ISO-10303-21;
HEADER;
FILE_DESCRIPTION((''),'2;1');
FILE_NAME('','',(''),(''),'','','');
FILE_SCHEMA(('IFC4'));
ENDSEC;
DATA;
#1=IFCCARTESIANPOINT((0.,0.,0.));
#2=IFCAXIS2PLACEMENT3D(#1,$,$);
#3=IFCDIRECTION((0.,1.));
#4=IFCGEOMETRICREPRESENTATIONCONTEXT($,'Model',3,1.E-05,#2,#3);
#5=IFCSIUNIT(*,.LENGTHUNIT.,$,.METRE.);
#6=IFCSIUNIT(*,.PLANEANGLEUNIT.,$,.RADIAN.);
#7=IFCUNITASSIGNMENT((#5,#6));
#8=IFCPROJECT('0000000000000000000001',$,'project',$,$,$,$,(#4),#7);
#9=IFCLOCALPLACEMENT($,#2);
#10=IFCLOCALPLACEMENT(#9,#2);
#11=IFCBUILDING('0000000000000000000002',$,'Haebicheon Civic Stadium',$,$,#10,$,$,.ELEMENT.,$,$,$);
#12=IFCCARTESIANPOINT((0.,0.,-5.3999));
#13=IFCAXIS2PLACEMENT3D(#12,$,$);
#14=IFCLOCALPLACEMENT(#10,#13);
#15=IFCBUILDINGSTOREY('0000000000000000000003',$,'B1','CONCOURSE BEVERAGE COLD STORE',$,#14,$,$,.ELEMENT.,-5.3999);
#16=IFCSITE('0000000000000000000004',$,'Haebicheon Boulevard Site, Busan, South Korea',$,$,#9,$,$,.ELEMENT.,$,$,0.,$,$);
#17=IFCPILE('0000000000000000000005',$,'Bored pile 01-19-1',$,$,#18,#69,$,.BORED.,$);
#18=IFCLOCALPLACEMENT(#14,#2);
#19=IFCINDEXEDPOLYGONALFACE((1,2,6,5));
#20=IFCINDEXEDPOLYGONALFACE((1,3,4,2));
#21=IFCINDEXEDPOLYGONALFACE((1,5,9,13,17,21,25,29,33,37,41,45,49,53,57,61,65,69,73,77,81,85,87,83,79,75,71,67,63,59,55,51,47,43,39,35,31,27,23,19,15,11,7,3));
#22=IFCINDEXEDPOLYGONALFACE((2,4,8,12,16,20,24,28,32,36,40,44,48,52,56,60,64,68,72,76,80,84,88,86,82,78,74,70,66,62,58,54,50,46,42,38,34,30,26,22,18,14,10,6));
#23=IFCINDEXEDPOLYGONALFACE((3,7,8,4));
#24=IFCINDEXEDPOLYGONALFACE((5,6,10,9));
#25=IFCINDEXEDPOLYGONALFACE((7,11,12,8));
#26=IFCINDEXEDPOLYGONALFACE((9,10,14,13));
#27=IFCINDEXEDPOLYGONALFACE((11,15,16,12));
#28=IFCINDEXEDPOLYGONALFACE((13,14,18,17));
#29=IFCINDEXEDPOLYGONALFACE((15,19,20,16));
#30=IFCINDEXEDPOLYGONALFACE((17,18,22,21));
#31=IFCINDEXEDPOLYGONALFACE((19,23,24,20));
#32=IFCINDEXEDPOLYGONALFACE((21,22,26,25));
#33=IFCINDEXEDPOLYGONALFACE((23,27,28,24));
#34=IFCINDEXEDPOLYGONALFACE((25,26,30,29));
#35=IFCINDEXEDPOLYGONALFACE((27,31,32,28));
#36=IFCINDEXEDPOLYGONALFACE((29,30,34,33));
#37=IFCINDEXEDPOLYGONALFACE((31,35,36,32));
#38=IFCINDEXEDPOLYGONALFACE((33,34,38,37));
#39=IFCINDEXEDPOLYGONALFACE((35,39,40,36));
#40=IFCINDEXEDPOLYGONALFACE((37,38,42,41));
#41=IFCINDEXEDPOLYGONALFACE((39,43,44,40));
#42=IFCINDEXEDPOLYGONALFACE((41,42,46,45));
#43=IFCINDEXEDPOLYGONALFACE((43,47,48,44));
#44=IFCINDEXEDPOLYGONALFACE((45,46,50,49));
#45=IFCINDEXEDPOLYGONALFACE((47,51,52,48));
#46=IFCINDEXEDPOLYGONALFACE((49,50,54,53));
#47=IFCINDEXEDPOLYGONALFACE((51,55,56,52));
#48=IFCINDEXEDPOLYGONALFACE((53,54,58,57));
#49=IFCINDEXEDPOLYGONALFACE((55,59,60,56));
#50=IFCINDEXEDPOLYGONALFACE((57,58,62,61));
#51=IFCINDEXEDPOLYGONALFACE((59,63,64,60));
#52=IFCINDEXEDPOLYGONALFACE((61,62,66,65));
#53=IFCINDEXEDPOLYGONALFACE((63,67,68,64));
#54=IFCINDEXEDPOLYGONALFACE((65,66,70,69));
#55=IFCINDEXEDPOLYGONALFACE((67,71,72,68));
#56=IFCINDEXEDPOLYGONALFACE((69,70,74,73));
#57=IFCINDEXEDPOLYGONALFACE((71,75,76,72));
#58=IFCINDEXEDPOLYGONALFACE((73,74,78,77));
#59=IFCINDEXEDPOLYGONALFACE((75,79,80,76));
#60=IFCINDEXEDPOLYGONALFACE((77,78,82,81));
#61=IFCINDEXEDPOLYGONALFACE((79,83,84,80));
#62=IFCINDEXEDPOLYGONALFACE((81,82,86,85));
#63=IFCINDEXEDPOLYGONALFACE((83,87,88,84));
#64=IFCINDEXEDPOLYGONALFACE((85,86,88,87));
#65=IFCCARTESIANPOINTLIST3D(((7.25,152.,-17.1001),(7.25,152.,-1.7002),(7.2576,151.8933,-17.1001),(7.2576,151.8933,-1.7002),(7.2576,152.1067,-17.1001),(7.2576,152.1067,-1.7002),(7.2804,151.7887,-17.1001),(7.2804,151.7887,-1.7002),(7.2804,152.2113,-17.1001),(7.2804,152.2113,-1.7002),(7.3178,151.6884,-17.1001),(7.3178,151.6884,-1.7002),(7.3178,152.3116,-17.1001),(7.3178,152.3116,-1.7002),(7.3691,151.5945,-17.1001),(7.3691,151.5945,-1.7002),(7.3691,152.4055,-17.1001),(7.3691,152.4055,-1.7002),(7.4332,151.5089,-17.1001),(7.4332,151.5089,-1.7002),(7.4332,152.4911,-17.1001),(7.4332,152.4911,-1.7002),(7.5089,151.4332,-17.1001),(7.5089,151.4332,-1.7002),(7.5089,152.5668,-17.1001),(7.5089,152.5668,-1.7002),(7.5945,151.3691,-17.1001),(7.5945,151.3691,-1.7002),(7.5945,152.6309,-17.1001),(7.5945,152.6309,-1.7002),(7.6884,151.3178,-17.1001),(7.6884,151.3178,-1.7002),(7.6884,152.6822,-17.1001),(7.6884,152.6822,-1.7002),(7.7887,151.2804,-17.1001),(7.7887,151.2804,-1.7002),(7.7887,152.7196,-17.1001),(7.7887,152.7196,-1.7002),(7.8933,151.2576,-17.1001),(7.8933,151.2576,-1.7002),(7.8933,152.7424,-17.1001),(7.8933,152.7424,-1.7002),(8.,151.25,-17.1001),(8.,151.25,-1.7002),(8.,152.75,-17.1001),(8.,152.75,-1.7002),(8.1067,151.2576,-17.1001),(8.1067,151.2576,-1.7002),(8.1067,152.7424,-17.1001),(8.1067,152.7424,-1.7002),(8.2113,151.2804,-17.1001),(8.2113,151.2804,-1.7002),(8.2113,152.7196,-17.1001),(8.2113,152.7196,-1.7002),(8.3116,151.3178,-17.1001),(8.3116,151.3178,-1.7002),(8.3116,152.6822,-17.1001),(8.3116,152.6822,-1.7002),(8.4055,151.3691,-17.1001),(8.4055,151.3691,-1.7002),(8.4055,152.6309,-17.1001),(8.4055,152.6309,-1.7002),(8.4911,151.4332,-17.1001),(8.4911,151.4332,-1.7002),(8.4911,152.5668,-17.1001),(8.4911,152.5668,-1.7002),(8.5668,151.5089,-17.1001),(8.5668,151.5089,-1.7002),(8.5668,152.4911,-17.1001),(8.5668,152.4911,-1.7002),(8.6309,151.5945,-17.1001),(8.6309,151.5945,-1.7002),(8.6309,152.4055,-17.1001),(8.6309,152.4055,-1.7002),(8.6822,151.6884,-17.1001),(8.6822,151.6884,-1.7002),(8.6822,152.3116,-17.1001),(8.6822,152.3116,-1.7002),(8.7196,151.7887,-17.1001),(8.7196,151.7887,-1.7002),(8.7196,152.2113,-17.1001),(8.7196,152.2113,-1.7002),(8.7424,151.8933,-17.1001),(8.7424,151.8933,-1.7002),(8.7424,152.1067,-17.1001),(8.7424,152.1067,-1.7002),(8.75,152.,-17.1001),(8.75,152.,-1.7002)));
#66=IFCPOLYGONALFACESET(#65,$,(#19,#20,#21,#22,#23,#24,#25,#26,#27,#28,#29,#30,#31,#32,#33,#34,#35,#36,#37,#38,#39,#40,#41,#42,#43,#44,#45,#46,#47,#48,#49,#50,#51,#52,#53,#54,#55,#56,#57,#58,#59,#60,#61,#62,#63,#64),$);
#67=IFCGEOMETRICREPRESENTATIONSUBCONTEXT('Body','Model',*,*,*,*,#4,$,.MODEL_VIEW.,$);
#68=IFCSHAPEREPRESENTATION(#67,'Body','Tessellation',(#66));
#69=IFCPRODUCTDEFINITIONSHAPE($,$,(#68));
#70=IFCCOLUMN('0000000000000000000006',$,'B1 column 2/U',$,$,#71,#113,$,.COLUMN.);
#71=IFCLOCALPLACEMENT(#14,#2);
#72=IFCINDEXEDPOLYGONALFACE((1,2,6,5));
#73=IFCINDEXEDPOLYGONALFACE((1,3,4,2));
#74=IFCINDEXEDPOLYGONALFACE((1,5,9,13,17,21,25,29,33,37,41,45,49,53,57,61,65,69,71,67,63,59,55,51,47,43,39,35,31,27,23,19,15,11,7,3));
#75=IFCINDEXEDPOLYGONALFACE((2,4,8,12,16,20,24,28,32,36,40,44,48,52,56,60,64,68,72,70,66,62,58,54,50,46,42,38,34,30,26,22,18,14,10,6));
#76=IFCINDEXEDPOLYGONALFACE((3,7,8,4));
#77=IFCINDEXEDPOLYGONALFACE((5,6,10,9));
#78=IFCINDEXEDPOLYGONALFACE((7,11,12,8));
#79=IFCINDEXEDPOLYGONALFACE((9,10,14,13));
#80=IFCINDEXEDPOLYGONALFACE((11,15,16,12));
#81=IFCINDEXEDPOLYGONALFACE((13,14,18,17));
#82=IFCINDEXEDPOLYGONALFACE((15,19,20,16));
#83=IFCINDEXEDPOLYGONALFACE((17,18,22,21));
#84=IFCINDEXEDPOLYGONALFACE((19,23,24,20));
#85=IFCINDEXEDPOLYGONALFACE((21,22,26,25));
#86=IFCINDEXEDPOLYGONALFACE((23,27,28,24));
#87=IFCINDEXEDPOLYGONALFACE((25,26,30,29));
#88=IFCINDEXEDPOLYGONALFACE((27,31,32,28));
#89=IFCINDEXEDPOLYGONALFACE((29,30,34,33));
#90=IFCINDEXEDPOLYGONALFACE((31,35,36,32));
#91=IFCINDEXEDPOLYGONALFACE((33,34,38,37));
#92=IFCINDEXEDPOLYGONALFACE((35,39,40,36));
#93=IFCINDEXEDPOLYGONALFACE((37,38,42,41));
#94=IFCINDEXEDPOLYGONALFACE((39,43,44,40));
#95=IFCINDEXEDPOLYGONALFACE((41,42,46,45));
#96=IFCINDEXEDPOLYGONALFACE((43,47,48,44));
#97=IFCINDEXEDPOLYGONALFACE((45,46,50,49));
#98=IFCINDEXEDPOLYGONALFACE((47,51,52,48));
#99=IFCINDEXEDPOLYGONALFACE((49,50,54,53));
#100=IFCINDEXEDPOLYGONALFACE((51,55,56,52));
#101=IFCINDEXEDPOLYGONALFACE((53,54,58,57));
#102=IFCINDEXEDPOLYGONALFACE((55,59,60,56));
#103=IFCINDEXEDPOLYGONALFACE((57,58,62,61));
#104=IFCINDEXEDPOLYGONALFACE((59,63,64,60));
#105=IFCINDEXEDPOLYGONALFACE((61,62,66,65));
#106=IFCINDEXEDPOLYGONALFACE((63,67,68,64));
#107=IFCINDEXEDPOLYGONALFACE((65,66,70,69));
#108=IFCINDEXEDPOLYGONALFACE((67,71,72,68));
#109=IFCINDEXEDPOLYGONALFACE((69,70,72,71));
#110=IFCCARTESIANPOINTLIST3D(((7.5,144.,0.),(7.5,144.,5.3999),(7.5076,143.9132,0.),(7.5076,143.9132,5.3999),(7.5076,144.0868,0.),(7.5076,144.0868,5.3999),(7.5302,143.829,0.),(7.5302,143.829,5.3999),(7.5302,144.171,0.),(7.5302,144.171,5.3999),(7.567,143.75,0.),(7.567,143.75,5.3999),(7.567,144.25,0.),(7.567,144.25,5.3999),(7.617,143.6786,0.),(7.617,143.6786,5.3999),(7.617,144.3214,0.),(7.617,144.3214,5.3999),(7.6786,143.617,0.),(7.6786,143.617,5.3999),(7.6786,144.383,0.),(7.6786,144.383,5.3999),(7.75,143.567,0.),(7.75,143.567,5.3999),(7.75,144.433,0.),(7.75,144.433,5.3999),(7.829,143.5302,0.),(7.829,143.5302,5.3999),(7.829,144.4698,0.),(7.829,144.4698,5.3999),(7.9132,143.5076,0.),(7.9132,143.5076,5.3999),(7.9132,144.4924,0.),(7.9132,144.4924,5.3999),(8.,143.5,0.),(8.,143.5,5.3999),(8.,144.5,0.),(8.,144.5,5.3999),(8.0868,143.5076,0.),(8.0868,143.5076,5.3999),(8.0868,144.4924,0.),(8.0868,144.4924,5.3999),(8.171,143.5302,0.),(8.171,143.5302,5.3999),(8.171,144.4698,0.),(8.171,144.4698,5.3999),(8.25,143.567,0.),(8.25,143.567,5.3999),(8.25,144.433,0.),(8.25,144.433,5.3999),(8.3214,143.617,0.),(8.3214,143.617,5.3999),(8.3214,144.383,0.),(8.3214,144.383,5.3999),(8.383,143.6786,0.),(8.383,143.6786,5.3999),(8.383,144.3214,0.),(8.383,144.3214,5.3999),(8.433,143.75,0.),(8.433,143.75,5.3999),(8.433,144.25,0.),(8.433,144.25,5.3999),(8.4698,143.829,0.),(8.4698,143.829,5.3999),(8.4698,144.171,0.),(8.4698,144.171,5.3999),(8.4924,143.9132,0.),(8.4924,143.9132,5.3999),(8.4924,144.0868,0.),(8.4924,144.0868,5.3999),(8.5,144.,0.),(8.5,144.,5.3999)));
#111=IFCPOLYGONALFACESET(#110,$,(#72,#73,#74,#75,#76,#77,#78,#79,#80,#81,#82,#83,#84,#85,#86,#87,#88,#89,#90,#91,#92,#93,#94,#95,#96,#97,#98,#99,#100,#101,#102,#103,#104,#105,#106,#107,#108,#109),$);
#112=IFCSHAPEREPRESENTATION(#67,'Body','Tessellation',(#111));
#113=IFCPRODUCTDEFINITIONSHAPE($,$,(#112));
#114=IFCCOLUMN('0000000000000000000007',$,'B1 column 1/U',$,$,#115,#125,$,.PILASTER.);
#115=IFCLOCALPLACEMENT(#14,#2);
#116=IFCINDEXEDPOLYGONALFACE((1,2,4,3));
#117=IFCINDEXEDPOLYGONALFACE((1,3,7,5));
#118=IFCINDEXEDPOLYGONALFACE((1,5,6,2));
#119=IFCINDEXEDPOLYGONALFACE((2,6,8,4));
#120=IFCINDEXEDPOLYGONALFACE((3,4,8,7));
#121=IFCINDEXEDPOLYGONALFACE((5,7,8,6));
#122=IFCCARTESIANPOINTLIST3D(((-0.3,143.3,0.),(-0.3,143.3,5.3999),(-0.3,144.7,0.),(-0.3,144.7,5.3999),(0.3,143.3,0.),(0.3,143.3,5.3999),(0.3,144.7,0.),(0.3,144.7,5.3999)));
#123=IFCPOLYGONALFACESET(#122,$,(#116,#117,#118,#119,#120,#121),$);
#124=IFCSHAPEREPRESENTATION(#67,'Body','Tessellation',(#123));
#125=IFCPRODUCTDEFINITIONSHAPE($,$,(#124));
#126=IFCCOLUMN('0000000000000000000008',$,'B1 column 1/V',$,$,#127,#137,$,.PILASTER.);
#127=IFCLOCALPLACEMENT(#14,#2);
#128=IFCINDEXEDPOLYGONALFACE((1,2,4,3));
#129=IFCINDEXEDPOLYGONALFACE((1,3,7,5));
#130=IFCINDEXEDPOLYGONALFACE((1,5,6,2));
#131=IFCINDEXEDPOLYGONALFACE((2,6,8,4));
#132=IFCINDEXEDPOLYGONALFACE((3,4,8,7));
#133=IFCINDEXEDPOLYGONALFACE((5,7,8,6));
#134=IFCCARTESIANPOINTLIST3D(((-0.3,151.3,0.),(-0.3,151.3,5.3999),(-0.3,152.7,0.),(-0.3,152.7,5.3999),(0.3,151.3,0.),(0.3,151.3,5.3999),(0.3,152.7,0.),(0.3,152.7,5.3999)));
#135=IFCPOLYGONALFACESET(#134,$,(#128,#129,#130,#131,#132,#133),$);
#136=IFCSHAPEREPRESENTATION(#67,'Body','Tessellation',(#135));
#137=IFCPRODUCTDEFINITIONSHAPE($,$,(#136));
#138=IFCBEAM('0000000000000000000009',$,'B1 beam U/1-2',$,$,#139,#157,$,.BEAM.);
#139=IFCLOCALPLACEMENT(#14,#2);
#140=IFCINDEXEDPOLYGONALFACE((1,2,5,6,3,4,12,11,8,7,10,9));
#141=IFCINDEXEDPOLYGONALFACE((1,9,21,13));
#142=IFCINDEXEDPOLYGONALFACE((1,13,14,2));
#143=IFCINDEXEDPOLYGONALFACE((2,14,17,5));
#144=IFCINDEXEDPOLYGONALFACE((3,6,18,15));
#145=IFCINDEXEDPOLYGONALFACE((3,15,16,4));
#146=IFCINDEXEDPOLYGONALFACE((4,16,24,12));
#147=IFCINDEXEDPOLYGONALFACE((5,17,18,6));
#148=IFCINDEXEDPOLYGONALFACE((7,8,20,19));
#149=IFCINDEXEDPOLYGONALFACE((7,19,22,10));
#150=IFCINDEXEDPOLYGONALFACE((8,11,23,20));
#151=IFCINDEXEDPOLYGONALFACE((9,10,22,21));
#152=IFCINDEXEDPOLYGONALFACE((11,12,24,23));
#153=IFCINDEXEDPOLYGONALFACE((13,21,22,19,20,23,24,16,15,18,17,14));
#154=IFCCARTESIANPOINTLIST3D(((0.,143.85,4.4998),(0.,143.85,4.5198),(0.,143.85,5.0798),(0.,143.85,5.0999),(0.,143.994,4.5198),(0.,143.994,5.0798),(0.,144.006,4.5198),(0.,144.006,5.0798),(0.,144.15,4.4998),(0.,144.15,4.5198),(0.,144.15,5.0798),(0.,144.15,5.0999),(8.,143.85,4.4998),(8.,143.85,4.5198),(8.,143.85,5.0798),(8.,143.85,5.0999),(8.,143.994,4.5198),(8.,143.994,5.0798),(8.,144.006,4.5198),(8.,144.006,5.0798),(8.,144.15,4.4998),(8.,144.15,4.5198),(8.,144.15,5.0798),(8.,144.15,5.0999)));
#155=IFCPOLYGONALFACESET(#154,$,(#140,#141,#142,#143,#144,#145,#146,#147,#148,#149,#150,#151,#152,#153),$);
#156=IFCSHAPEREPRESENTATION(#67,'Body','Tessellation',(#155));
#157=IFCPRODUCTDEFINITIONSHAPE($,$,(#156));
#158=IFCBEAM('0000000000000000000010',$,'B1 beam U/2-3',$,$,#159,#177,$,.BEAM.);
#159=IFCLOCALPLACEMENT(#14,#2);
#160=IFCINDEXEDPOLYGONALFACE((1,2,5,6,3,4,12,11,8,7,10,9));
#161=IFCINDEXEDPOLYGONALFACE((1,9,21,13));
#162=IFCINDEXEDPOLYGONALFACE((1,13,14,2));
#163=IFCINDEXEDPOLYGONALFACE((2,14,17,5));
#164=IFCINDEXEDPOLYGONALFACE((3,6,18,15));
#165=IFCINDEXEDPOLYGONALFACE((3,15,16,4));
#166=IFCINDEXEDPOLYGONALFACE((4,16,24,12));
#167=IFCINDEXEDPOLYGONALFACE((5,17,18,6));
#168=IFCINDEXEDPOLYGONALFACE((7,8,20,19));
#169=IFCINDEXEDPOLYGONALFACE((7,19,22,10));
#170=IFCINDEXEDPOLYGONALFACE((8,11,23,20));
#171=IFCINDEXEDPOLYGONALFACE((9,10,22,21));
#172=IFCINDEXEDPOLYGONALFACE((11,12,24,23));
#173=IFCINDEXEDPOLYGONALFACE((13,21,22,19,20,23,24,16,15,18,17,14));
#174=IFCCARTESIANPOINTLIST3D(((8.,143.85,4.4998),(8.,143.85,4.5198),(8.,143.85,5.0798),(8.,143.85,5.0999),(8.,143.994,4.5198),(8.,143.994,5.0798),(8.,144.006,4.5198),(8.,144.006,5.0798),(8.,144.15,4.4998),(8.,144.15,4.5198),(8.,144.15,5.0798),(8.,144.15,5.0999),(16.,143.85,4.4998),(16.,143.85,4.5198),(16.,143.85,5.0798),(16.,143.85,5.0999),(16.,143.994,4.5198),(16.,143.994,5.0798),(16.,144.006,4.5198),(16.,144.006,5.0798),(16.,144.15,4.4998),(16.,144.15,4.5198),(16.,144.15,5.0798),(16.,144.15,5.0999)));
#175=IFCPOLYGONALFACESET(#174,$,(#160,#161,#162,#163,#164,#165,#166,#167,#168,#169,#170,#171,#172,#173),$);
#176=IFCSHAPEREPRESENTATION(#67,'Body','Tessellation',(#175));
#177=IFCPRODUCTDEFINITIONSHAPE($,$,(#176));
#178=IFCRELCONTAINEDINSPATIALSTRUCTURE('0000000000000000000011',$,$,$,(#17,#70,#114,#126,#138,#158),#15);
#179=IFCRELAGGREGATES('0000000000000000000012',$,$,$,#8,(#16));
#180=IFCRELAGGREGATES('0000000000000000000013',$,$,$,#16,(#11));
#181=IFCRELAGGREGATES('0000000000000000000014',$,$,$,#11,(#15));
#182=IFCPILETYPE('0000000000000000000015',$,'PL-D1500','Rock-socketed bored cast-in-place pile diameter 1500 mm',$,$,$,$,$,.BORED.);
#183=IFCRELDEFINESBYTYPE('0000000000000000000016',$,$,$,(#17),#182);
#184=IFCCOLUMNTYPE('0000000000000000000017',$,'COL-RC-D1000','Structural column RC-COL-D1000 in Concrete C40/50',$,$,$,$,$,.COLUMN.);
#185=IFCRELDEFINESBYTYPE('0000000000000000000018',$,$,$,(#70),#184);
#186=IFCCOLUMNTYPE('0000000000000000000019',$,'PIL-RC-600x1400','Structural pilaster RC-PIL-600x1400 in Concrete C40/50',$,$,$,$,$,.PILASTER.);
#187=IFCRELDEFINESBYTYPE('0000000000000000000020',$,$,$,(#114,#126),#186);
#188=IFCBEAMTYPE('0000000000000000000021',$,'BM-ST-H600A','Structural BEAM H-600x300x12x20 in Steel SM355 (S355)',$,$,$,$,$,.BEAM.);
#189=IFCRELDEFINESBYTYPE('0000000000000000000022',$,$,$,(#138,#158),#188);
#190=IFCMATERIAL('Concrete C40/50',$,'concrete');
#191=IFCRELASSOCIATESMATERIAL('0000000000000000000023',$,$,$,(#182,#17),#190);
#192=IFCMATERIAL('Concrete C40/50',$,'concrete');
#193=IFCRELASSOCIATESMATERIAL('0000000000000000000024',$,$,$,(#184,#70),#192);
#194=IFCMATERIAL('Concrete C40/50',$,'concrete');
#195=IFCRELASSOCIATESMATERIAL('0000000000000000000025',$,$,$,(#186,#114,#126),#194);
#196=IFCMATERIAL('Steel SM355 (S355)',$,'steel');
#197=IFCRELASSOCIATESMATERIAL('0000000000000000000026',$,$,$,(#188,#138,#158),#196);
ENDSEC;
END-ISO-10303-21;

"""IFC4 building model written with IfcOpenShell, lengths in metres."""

from ifc_helpers import new_model, si_unit, direction, frame, origin, origin_2d, place, context, subcontext, project, spatial, rectangle, circle, i_section, extrude, material, material_profile, profile_set, type_object, element, save


model = new_model("IFC4")

# Units and contexts
model_context = context("Model", 3, precision=1e-05, world=origin(), true_north=direction((0.0, 1.0)))
body_context = subcontext(model_context, "Body", "Model", "MODEL_VIEW")
ifc_project = project(units=[si_unit("LENGTHUNIT", "METRE"), si_unit("PLANEANGLEUNIT", "RADIAN")], contexts=[model_context])

# Site, building, storey
site_placement = place(None, origin())
site = spatial("IfcSite", under=ifc_project, at=site_placement, Name="Haebicheon Boulevard Site, Busan, South Korea", CompositionType="ELEMENT", RefElevation=0.0)
building_placement = place(site_placement, origin())
building = spatial("IfcBuilding", under=site, at=building_placement, Name="Haebicheon Civic Stadium", CompositionType="ELEMENT")
storey_placement = place(building_placement, frame((0.0, 0.0, -5.3999)))
storey = spatial("IfcBuildingStorey", under=building, at=storey_placement, Name="B1", Description="CONCOURSE BEVERAGE COLD STORE", CompositionType="ELEMENT", Elevation=-5.3999)

# Pile
ifc_material_1 = material(Name="Concrete C40/50", Category="concrete")
ifc_material_profile_1 = material_profile(ifc_material_1, circle(Radius=0.75, at=origin_2d()), Name="PILE-D1500")
ifc_profile_set_1 = profile_set([ifc_material_profile_1], Name="Concrete C40/50")
pile_type = type_object("IfcPileType", Name="PL-D1500", Description="Rock-socketed bored cast-in-place pile diameter 1500 mm", PredefinedType="BORED", material=ifc_profile_set_1)
pile_placement = place(storey_placement, frame((8.0, 152.0, -1.7002), z_axis=(0.0, 0.0, -1.0), x_axis=(1.0, 0.0, 0.0)))
element("IfcPile", 1, at=pile_placement, inside=storey, type_object=pile_type, material=ifc_profile_set_1, Name="Bored pile 01-19-1", PredefinedType="BORED", context=body_context, shape_type="SweptSolid", body=[
    extrude(circle(Radius=0.75, at=origin_2d()), origin(), (0.0, 0.0, 1.0), 15.3999),
])

# Columns
ifc_material_2 = material(Name="Concrete C40/50", Category="concrete")
ifc_material_profile_2 = material_profile(ifc_material_2, circle(Radius=0.5, at=origin_2d()), Name="RC-COL-D1000")
ifc_profile_set_2 = profile_set([ifc_material_profile_2], Name="Concrete C40/50")
column_type_1 = type_object("IfcColumnType", Name="COL-RC-D1000", Description="Structural column RC-COL-D1000 in Concrete C40/50", PredefinedType="COLUMN", material=ifc_profile_set_2)
column_placement = place(storey_placement, frame((8.0, 144.0, 0.0), z_axis=(0.0, 0.0, 1.0), x_axis=(1.0, 0.0, 0.0)))
element("IfcColumn", 2, at=column_placement, inside=storey, type_object=column_type_1, material=ifc_profile_set_2, Name="B1 column 2/U", PredefinedType="COLUMN", context=body_context, shape_type="SweptSolid", body=[
    extrude(circle(Radius=0.5, at=origin_2d()), origin(), (0.0, 0.0, 1.0), 5.3999),
])
ifc_material_3 = material(Name="Concrete C40/50", Category="concrete")
ifc_material_profile_3 = material_profile(ifc_material_3, rectangle(XDim=0.6001, YDim=1.3999, at=origin_2d()), Name="RC-PIL-600x1400")
ifc_profile_set_3 = profile_set([ifc_material_profile_3], Name="Concrete C40/50")
column_type_2 = type_object("IfcColumnType", Name="PIL-RC-600x1400", Description="Structural pilaster RC-PIL-600x1400 in Concrete C40/50", PredefinedType="PILASTER", material=ifc_profile_set_3)
for number, where, z_axis, x_axis, name in (
    (3, (0.0, 144.0, 0.0), (0.0, 0.0, 1.0), (1.0, 0.0, 0.0), "B1 column 1/U"),
    (4, (0.0, 152.0, 0.0), (0.0, 0.0, 1.0), (1.0, 0.0, 0.0), "B1 column 1/V"),
):
    element("IfcColumn", number, at=place(storey_placement, frame(where, z_axis=z_axis, x_axis=x_axis)), inside=storey, type_object=column_type_2, material=ifc_profile_set_3, Name=name, PredefinedType="PILASTER", context=body_context, shape_type="SweptSolid", body=[
        extrude(rectangle(XDim=0.6001, YDim=1.3999, at=origin_2d()), origin(), (0.0, 0.0, 1.0), 5.3999),
    ])

# Beams
ifc_material_4 = material(Name="Steel SM355 (S355)", Category="steel")
ifc_material_profile_4 = material_profile(ifc_material_4, i_section(OverallWidth=0.3, OverallDepth=0.6001, WebThickness=0.012, FlangeThickness=0.02, at=origin_2d()), Name="H-600x300x12x20")
ifc_profile_set_4 = profile_set([ifc_material_profile_4], Name="Steel SM355 (S355)")
beam_type_1 = type_object("IfcBeamType", Name="BM-ST-H600A", Description="Structural BEAM H-600x300x12x20 in Steel SM355 (S355)", PredefinedType="BEAM", material=ifc_profile_set_4)
for number, where, z_axis, x_axis, name in (
    (5, (0.0, 144.0, 4.7998), (1.0, 0.0, 0.0), (0.0, 1.0, 0.0), "B1 beam U/1-2"),
    (6, (8.0, 144.0, 4.7998), (1.0, 0.0, 0.0), (0.0, 1.0, 0.0), "B1 beam U/2-3"),
):
    element("IfcBeam", number, at=place(storey_placement, frame(where, z_axis=z_axis, x_axis=x_axis)), inside=storey, type_object=beam_type_1, material=ifc_profile_set_4, Name=name, PredefinedType="BEAM", context=body_context, shape_type="SweptSolid", body=[
        extrude(i_section(OverallWidth=0.3, OverallDepth=0.6001, WebThickness=0.012, FlangeThickness=0.02, at=origin_2d()), origin(), (0.0, 0.0, 1.0), 8.0),
    ])

save(model, "model.ifc")
